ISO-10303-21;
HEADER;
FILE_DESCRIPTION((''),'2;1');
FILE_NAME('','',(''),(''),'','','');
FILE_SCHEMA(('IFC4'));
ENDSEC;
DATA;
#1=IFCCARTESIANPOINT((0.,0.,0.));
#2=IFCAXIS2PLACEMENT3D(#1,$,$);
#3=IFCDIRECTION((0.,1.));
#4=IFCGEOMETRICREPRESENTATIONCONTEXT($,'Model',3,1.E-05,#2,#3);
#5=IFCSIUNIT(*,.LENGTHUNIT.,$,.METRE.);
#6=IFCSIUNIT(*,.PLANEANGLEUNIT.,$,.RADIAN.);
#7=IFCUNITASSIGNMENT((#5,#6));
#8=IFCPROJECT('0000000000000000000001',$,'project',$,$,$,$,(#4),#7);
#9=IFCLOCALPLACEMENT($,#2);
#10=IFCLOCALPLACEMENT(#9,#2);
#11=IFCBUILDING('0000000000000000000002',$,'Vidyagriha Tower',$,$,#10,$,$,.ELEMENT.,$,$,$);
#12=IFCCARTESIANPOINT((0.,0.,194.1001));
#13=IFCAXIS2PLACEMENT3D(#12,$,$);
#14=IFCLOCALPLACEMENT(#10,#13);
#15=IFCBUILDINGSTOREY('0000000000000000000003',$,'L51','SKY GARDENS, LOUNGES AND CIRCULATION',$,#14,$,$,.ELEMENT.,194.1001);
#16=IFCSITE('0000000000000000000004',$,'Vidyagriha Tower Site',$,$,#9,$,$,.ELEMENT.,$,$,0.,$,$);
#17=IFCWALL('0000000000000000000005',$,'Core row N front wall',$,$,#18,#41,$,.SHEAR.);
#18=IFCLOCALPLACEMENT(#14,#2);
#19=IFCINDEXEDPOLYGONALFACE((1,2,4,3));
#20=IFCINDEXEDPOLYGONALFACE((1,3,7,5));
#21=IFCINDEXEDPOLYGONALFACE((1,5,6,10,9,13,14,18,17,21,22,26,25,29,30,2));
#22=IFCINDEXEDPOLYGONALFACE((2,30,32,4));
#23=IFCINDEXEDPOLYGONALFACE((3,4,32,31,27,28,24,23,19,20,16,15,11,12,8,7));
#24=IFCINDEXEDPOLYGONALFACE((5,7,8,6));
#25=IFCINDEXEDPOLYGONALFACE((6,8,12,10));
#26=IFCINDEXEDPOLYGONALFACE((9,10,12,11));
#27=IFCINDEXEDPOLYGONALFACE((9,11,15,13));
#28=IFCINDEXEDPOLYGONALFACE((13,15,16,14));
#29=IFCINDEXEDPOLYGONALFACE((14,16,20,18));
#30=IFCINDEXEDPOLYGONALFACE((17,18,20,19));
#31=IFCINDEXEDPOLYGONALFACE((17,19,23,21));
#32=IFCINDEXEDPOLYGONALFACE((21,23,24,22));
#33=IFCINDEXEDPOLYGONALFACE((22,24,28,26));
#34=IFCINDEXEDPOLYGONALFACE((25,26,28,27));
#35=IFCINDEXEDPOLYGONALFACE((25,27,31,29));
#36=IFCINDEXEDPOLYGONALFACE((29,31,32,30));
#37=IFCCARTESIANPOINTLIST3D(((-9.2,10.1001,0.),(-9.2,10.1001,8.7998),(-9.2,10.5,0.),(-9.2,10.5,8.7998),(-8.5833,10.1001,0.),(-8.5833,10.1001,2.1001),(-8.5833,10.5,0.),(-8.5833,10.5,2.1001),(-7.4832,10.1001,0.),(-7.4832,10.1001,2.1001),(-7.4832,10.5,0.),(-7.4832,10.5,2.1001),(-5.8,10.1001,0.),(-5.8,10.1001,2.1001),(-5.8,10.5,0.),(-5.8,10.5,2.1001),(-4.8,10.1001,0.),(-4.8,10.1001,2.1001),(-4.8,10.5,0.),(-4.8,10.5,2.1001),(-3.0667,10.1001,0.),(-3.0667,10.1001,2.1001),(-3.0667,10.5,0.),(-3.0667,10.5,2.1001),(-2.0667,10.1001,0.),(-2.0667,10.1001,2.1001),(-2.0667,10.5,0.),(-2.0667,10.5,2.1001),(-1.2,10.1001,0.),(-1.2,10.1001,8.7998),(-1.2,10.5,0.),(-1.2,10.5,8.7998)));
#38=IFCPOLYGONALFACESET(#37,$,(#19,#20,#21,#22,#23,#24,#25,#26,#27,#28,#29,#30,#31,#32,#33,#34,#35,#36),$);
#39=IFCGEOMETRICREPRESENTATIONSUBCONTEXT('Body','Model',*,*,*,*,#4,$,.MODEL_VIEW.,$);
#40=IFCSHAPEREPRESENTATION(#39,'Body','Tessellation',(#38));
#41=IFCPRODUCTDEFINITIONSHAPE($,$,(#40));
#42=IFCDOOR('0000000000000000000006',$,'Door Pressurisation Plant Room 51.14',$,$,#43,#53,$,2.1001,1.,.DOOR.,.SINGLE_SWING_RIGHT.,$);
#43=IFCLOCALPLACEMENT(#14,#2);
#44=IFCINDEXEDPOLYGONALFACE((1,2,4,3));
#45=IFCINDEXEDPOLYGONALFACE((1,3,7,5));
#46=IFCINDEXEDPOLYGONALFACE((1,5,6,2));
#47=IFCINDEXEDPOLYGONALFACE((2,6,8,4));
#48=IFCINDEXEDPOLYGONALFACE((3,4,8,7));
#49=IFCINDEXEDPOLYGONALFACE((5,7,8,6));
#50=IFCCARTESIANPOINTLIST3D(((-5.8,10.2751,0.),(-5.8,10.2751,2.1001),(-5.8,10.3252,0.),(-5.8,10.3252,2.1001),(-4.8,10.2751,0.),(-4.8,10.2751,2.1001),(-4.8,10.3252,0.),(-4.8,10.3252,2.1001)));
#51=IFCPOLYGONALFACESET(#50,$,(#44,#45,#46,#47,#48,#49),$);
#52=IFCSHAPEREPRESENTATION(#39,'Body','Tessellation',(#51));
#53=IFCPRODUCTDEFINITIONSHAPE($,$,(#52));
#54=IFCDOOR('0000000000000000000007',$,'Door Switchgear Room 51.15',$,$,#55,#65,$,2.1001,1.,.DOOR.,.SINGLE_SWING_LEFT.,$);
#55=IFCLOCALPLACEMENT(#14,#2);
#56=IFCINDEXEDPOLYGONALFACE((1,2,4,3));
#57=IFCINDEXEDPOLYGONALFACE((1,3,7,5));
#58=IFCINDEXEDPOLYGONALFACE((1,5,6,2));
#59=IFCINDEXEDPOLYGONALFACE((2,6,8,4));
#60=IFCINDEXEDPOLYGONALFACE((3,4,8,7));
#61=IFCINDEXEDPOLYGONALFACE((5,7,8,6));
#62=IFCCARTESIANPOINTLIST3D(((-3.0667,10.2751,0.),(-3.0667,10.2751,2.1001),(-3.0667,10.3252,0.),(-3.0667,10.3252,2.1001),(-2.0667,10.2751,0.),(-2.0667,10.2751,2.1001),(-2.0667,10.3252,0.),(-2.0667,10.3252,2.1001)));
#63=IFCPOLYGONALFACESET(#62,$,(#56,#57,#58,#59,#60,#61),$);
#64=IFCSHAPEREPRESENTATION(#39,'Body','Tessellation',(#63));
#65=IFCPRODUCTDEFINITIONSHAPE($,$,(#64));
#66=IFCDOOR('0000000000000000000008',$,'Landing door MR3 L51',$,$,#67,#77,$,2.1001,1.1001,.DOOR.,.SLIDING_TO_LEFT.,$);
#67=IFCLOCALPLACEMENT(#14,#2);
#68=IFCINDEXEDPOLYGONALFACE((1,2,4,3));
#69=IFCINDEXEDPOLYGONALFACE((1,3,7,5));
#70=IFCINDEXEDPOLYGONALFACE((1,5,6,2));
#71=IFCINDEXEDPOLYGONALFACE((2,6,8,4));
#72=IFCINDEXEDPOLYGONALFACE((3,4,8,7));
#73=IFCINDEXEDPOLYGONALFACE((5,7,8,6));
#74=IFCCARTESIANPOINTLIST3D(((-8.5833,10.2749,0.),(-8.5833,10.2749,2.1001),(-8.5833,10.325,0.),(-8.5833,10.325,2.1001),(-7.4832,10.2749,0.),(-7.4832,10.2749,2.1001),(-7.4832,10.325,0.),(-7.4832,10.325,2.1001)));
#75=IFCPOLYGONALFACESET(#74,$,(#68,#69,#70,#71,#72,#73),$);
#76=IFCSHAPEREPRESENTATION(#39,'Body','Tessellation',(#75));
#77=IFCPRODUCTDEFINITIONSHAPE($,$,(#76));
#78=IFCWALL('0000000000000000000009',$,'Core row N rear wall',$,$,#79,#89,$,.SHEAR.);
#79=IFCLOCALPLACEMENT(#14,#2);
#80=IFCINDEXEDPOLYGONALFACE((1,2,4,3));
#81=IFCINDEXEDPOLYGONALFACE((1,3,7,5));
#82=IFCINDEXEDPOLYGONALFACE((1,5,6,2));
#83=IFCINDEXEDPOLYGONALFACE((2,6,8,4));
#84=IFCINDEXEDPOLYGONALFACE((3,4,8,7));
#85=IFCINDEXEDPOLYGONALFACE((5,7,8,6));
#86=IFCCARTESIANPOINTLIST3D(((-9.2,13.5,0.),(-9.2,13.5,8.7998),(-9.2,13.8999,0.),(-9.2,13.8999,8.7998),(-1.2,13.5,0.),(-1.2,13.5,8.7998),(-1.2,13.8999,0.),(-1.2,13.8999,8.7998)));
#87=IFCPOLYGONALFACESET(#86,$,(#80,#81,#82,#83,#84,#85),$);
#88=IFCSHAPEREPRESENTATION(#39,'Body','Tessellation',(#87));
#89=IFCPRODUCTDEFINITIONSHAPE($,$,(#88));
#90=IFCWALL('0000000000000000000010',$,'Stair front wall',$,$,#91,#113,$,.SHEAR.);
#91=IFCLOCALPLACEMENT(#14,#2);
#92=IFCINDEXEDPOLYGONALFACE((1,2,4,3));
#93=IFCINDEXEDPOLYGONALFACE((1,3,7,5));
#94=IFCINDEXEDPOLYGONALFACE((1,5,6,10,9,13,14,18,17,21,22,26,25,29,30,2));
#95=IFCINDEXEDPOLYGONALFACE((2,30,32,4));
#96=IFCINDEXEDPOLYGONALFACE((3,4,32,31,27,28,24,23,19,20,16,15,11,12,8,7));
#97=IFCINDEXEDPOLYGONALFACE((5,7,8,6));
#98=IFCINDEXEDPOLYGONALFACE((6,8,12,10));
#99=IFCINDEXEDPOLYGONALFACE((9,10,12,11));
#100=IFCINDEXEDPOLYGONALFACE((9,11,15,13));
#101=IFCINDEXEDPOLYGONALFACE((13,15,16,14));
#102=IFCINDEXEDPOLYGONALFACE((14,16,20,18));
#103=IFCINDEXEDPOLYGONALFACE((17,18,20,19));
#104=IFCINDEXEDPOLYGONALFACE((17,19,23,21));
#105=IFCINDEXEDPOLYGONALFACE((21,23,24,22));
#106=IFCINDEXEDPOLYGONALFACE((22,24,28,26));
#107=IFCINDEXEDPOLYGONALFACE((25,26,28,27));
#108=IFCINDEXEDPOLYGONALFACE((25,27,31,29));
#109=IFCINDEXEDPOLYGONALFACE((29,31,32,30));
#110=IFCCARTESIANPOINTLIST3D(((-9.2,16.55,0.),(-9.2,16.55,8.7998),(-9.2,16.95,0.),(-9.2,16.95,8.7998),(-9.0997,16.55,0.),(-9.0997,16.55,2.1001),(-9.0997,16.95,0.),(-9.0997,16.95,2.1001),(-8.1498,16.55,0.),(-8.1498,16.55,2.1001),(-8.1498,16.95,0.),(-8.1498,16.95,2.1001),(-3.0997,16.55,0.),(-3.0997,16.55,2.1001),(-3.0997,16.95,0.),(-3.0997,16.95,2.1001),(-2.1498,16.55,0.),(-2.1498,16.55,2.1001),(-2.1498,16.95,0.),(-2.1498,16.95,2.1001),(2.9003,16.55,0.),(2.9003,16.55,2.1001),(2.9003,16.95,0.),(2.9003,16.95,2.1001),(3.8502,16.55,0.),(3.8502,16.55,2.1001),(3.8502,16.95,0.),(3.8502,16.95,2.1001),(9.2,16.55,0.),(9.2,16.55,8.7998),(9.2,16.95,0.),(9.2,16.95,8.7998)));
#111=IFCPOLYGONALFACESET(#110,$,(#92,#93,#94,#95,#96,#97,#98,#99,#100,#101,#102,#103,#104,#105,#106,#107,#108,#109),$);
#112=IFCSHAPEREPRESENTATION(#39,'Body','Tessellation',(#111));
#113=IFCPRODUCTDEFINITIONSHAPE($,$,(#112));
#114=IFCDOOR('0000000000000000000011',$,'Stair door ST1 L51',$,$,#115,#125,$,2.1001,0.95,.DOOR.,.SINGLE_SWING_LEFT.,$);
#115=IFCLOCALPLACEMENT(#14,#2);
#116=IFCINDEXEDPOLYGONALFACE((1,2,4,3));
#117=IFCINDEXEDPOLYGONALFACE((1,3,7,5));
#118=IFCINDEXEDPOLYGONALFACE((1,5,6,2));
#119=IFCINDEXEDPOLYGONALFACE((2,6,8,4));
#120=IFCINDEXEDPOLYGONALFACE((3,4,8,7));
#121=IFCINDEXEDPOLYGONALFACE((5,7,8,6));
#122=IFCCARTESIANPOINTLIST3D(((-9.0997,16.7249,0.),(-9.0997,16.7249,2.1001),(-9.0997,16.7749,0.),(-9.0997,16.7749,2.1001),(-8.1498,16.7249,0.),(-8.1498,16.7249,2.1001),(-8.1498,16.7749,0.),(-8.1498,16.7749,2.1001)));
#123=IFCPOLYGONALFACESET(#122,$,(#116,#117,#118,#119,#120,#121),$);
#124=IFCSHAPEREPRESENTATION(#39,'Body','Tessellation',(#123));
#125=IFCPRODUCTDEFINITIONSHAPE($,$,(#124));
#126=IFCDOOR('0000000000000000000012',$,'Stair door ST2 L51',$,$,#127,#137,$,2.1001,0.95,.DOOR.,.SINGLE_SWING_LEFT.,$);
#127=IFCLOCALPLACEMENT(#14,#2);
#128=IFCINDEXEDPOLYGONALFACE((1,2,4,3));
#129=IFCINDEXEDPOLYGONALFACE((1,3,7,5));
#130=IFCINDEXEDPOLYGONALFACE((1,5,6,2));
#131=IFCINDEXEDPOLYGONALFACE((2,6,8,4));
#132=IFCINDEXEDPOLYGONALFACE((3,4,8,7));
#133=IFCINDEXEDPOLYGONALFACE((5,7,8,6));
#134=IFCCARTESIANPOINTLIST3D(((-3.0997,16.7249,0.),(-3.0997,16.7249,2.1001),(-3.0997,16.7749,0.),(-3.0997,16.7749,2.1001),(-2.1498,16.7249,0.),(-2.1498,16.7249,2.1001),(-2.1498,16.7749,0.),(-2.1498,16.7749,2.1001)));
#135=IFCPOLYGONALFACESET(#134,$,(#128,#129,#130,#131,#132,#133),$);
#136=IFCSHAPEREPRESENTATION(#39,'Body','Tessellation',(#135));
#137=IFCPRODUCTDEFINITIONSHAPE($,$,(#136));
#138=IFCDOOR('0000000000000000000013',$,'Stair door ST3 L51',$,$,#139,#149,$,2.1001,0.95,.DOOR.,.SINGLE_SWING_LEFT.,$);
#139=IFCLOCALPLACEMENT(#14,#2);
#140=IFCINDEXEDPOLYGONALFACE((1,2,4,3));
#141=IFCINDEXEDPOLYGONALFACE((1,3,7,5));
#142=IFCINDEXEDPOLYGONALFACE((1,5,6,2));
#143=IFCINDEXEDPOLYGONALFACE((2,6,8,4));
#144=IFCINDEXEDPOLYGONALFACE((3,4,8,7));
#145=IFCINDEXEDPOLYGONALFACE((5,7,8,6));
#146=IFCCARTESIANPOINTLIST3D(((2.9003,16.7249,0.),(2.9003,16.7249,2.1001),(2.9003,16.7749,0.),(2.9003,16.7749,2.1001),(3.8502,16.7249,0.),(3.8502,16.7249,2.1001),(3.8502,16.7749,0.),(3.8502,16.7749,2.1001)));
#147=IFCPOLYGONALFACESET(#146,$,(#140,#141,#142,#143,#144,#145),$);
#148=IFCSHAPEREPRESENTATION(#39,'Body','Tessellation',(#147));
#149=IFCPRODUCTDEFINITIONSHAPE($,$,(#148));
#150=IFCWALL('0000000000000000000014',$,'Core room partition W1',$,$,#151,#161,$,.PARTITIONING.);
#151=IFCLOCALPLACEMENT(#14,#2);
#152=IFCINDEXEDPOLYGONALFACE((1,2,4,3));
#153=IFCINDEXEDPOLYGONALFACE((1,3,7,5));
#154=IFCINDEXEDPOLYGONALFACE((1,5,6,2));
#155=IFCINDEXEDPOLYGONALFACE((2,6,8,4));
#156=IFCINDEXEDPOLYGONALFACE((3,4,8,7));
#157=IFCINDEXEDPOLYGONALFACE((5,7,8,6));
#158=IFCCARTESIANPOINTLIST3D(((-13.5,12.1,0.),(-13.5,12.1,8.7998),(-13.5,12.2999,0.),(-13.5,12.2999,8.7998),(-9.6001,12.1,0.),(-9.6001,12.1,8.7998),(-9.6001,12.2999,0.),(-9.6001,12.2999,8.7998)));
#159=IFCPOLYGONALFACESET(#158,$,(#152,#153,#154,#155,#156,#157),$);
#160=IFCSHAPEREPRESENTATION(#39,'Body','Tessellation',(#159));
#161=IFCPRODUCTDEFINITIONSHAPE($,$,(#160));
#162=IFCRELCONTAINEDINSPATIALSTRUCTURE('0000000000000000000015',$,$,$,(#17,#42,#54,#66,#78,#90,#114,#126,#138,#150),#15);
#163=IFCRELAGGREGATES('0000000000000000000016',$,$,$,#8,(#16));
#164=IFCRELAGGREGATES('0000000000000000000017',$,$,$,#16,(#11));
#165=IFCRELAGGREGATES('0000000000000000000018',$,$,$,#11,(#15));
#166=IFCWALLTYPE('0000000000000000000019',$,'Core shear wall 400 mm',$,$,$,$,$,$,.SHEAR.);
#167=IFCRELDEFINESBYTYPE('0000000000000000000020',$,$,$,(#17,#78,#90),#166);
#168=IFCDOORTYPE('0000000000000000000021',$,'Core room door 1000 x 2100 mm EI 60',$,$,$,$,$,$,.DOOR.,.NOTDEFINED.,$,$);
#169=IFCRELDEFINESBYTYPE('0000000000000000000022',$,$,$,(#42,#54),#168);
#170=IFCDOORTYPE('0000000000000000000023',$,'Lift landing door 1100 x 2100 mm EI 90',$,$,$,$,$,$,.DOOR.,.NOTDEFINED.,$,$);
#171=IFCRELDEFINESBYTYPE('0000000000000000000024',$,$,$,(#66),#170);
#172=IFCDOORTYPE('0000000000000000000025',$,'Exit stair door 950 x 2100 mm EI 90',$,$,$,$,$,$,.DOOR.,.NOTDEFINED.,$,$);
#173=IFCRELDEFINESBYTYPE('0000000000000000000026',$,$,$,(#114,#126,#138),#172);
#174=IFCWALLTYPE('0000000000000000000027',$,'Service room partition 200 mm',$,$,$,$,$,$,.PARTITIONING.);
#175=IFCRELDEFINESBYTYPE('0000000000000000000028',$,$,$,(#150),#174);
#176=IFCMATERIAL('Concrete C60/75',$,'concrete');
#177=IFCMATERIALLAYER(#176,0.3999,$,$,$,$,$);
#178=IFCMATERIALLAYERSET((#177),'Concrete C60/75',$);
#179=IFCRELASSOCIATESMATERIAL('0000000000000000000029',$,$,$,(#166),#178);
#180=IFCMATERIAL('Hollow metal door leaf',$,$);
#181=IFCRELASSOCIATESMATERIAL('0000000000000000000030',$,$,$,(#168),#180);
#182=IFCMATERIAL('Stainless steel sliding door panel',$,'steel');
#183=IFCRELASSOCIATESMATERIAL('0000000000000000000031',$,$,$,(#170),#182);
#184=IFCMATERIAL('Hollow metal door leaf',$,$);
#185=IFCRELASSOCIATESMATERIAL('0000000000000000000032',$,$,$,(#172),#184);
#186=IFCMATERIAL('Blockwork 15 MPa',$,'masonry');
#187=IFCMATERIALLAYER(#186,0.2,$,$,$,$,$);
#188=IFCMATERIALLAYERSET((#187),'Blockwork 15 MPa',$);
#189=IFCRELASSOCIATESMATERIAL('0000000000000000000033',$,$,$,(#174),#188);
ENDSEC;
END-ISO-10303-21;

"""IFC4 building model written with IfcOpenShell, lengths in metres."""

from ifc_helpers import new_model, si_unit, direction, frame, frame_2d, origin, place, context, subcontext, project, spatial, rectangle, extrude, material, layer, layer_set, type_object, element, fill, save


model = new_model("IFC4")

# Units and contexts
model_context = context("Model", 3, precision=1e-05, world=origin(), true_north=direction((0.0, 1.0)))
body_context = subcontext(model_context, "Body", "Model", "MODEL_VIEW")
ifc_project = project(units=[si_unit("LENGTHUNIT", "METRE"), si_unit("PLANEANGLEUNIT", "RADIAN")], contexts=[model_context])

# Site, building, storey
site_placement = place(None, origin())
site = spatial("IfcSite", under=ifc_project, at=site_placement, Name="Vidyagriha Tower Site", CompositionType="ELEMENT", RefElevation=0.0)
building_placement = place(site_placement, origin())
building = spatial("IfcBuilding", under=site, at=building_placement, Name="Vidyagriha Tower", CompositionType="ELEMENT")
storey_placement = place(building_placement, frame((0.0, 0.0, 194.1001)))
storey = spatial("IfcBuildingStorey", under=building, at=storey_placement, Name="L51", Description="SKY GARDENS, LOUNGES AND CIRCULATION", CompositionType="ELEMENT", Elevation=194.1001)

# Shared definitions
ifc_material_1 = material(Name="Concrete C60/75", Category="concrete")
ifc_layer_1 = layer(ifc_material_1, 0.3999)
ifc_layer_set_1 = layer_set([ifc_layer_1], Name="Concrete C60/75")
wall_type_1 = type_object("IfcWallType", Name="Core shear wall 400 mm", PredefinedType="SHEAR", material=ifc_layer_set_1)

# Shared definitions
ifc_material_2 = material(Name="Hollow metal door leaf")
door_type_1 = type_object("IfcDoorType", Name="Core room door 1000 x 2100 mm EI 60", OperationType="NOTDEFINED", PredefinedType="DOOR", material=ifc_material_2)

# Wall, openings, doors
wall_1_placement = place(storey_placement, frame((-9.2, 10.3, 0.0)))
wall_1 = element("IfcWall", 1, at=wall_1_placement, inside=storey, type_object=wall_type_1, Name="Core row N front wall", PredefinedType="SHEAR", context=body_context, shape_type="SweptSolid", body=[
    extrude(rectangle(XDim=8.0, YDim=0.3999, at=frame_2d((4.0, 0.0))), origin(), (0.0, 0.0, 1.0), 8.7998),
])
opening_1_placement = place(wall_1_placement, frame((0.6167, 0.0, 0.0)))
opening_1 = element("IfcOpeningElement", 2, at=opening_1_placement, cuts=wall_1, PredefinedType="OPENING", context=body_context, shape_type="SweptSolid", body=[
    extrude(rectangle(XDim=1.1001, YDim=2.1001, at=frame_2d((0.55, 1.05))), frame((0.0, 0.21, 0.0), z_axis=(0.0, -1.0, 0.0), x_axis=(1.0, 0.0, 0.0)), (0.0, 0.0, 1.0), 0.4199),
])
opening_2_placement = place(wall_1_placement, frame((3.3999, 0.0, 0.0)))
opening_2 = element("IfcOpeningElement", 3, at=opening_2_placement, cuts=wall_1, PredefinedType="OPENING", context=body_context, shape_type="SweptSolid", body=[
    extrude(rectangle(XDim=1.0, YDim=2.1001, at=frame_2d((0.5, 1.05))), frame((0.0, 0.21, 0.0), z_axis=(0.0, -1.0, 0.0), x_axis=(1.0, 0.0, 0.0)), (0.0, 0.0, 1.0), 0.4199),
])
opening_3_placement = place(wall_1_placement, frame((6.1333, 0.0, 0.0)))
opening_3 = element("IfcOpeningElement", 4, at=opening_3_placement, cuts=wall_1, PredefinedType="OPENING", context=body_context, shape_type="SweptSolid", body=[
    extrude(rectangle(XDim=1.0, YDim=2.1001, at=frame_2d((0.5, 1.05))), frame((0.0, 0.21, 0.0), z_axis=(0.0, -1.0, 0.0), x_axis=(1.0, 0.0, 0.0)), (0.0, 0.0, 1.0), 0.4199),
])
door_1_placement = place(opening_2_placement, frame((1.0, 0.0, 0.0), z_axis=(0.0, 0.0, 1.0), x_axis=(-1.0, 0.0, 0.0)))
door_1 = element("IfcDoor", 5, at=door_1_placement, inside=storey, type_object=door_type_1, Name="Door Pressurisation Plant Room 51.14", OperationType="SINGLE_SWING_RIGHT", OverallHeight=2.1001, OverallWidth=1.0, PredefinedType="DOOR", context=body_context, shape_type="SweptSolid", body=[
    extrude(rectangle(XDim=1.0, YDim=2.1001, at=frame_2d((0.5, 1.05))), frame((0.0, 0.0249, 0.0), z_axis=(0.0, -1.0, 0.0), x_axis=(1.0, 0.0, 0.0)), (0.0, 0.0, 1.0), 0.05),
])
fill(opening_2, door_1)
door_2_placement = place(opening_3_placement, frame((1.0, 0.0, 0.0), z_axis=(0.0, 0.0, 1.0), x_axis=(-1.0, 0.0, 0.0)))
door_2 = element("IfcDoor", 6, at=door_2_placement, inside=storey, type_object=door_type_1, Name="Door Switchgear Room 51.15", OperationType="SINGLE_SWING_LEFT", OverallHeight=2.1001, OverallWidth=1.0, PredefinedType="DOOR", context=body_context, shape_type="SweptSolid", body=[
    extrude(rectangle(XDim=1.0, YDim=2.1001, at=frame_2d((0.5, 1.05))), frame((0.0, 0.0249, 0.0), z_axis=(0.0, -1.0, 0.0), x_axis=(1.0, 0.0, 0.0)), (0.0, 0.0, 1.0), 0.05),
])
fill(opening_3, door_2)
ifc_material_3 = material(Name="Stainless steel sliding door panel", Category="steel")
door_type_2 = type_object("IfcDoorType", Name="Lift landing door 1100 x 2100 mm EI 90", OperationType="NOTDEFINED", PredefinedType="DOOR", material=ifc_material_3)
door_3_placement = place(opening_1_placement, origin())
door_3 = element("IfcDoor", 7, at=door_3_placement, inside=storey, type_object=door_type_2, Name="Landing door MR3 L51", OperationType="SLIDING_TO_LEFT", OverallHeight=2.1001, OverallWidth=1.1001, PredefinedType="DOOR", context=body_context, shape_type="SweptSolid", body=[
    extrude(rectangle(XDim=1.1001, YDim=2.1001, at=frame_2d((0.55, 1.05))), frame((0.0, 0.0249, 0.0), z_axis=(0.0, -1.0, 0.0), x_axis=(1.0, 0.0, 0.0)), (0.0, 0.0, 1.0), 0.05),
])
fill(opening_1, door_3)

# Wall
wall_2_placement = place(storey_placement, frame((-9.2, 13.7, 0.0)))
element("IfcWall", 8, at=wall_2_placement, inside=storey, type_object=wall_type_1, Name="Core row N rear wall", PredefinedType="SHEAR", context=body_context, shape_type="SweptSolid", body=[
    extrude(rectangle(XDim=8.0, YDim=0.3999, at=frame_2d((4.0, 0.0))), origin(), (0.0, 0.0, 1.0), 8.7998),
])

# Wall, openings, doors
wall_3_placement = place(storey_placement, frame((-9.2, 16.75, 0.0)))
wall_3 = element("IfcWall", 9, at=wall_3_placement, inside=storey, type_object=wall_type_1, Name="Stair front wall", PredefinedType="SHEAR", context=body_context, shape_type="SweptSolid", body=[
    extrude(rectangle(XDim=18.3999, YDim=0.3999, at=frame_2d((9.2, 0.0))), origin(), (0.0, 0.0, 1.0), 8.7998),
])
opening_4_placement = place(wall_3_placement, frame((0.1001, 0.0, 0.0)))
opening_4 = element("IfcOpeningElement", 10, at=opening_4_placement, cuts=wall_3, PredefinedType="OPENING", context=body_context, shape_type="SweptSolid", body=[
    extrude(rectangle(XDim=0.95, YDim=2.1001, at=frame_2d((0.4751, 1.05))), frame((0.0, 0.21, 0.0), z_axis=(0.0, -1.0, 0.0), x_axis=(1.0, 0.0, 0.0)), (0.0, 0.0, 1.0), 0.4199),
])
opening_5_placement = place(wall_3_placement, frame((6.1001, 0.0, 0.0)))
opening_5 = element("IfcOpeningElement", 11, at=opening_5_placement, cuts=wall_3, PredefinedType="OPENING", context=body_context, shape_type="SweptSolid", body=[
    extrude(rectangle(XDim=0.95, YDim=2.1001, at=frame_2d((0.4751, 1.05))), frame((0.0, 0.21, 0.0), z_axis=(0.0, -1.0, 0.0), x_axis=(1.0, 0.0, 0.0)), (0.0, 0.0, 1.0), 0.4199),
])
opening_6_placement = place(wall_3_placement, frame((12.1001, 0.0, 0.0)))
opening_6 = element("IfcOpeningElement", 12, at=opening_6_placement, cuts=wall_3, PredefinedType="OPENING", context=body_context, shape_type="SweptSolid", body=[
    extrude(rectangle(XDim=0.95, YDim=2.1001, at=frame_2d((0.4751, 1.05))), frame((0.0, 0.21, 0.0), z_axis=(0.0, -1.0, 0.0), x_axis=(1.0, 0.0, 0.0)), (0.0, 0.0, 1.0), 0.4199),
])
ifc_material_4 = material(Name="Hollow metal door leaf")
door_type_3 = type_object("IfcDoorType", Name="Exit stair door 950 x 2100 mm EI 90", OperationType="NOTDEFINED", PredefinedType="DOOR", material=ifc_material_4)
door_4_placement = place(opening_4_placement, origin())
door_4 = element("IfcDoor", 13, at=door_4_placement, inside=storey, type_object=door_type_3, Name="Stair door ST1 L51", OperationType="SINGLE_SWING_LEFT", OverallHeight=2.1001, OverallWidth=0.95, PredefinedType="DOOR", context=body_context, shape_type="SweptSolid", body=[
    extrude(rectangle(XDim=0.95, YDim=2.1001, at=frame_2d((0.4751, 1.05))), frame((0.0, 0.0249, 0.0), z_axis=(0.0, -1.0, 0.0), x_axis=(1.0, 0.0, 0.0)), (0.0, 0.0, 1.0), 0.05),
])
fill(opening_4, door_4)
door_5_placement = place(opening_5_placement, origin())
door_5 = element("IfcDoor", 14, at=door_5_placement, inside=storey, type_object=door_type_3, Name="Stair door ST2 L51", OperationType="SINGLE_SWING_LEFT", OverallHeight=2.1001, OverallWidth=0.95, PredefinedType="DOOR", context=body_context, shape_type="SweptSolid", body=[
    extrude(rectangle(XDim=0.95, YDim=2.1001, at=frame_2d((0.4751, 1.05))), frame((0.0, 0.0249, 0.0), z_axis=(0.0, -1.0, 0.0), x_axis=(1.0, 0.0, 0.0)), (0.0, 0.0, 1.0), 0.05),
])
fill(opening_5, door_5)
door_6_placement = place(opening_6_placement, origin())
door_6 = element("IfcDoor", 15, at=door_6_placement, inside=storey, type_object=door_type_3, Name="Stair door ST3 L51", OperationType="SINGLE_SWING_LEFT", OverallHeight=2.1001, OverallWidth=0.95, PredefinedType="DOOR", context=body_context, shape_type="SweptSolid", body=[
    extrude(rectangle(XDim=0.95, YDim=2.1001, at=frame_2d((0.4751, 1.05))), frame((0.0, 0.0249, 0.0), z_axis=(0.0, -1.0, 0.0), x_axis=(1.0, 0.0, 0.0)), (0.0, 0.0, 1.0), 0.05),
])
fill(opening_6, door_6)

# Wall
ifc_material_5 = material(Name="Blockwork 15 MPa", Category="masonry")
ifc_layer_2 = layer(ifc_material_5, 0.2)
ifc_layer_set_2 = layer_set([ifc_layer_2], Name="Blockwork 15 MPa")
wall_type_2 = type_object("IfcWallType", Name="Service room partition 200 mm", PredefinedType="PARTITIONING", material=ifc_layer_set_2)
wall_4_placement = place(storey_placement, frame((-13.5, 12.2, 0.0)))
element("IfcWall", 16, at=wall_4_placement, inside=storey, type_object=wall_type_2, Name="Core room partition W1", PredefinedType="PARTITIONING", context=body_context, shape_type="SweptSolid", body=[
    extrude(rectangle(XDim=3.8999, YDim=0.2, at=frame_2d((1.95, 0.0))), origin(), (0.0, 0.0, 1.0), 8.7998),
])

save(model, "model.ifc")
